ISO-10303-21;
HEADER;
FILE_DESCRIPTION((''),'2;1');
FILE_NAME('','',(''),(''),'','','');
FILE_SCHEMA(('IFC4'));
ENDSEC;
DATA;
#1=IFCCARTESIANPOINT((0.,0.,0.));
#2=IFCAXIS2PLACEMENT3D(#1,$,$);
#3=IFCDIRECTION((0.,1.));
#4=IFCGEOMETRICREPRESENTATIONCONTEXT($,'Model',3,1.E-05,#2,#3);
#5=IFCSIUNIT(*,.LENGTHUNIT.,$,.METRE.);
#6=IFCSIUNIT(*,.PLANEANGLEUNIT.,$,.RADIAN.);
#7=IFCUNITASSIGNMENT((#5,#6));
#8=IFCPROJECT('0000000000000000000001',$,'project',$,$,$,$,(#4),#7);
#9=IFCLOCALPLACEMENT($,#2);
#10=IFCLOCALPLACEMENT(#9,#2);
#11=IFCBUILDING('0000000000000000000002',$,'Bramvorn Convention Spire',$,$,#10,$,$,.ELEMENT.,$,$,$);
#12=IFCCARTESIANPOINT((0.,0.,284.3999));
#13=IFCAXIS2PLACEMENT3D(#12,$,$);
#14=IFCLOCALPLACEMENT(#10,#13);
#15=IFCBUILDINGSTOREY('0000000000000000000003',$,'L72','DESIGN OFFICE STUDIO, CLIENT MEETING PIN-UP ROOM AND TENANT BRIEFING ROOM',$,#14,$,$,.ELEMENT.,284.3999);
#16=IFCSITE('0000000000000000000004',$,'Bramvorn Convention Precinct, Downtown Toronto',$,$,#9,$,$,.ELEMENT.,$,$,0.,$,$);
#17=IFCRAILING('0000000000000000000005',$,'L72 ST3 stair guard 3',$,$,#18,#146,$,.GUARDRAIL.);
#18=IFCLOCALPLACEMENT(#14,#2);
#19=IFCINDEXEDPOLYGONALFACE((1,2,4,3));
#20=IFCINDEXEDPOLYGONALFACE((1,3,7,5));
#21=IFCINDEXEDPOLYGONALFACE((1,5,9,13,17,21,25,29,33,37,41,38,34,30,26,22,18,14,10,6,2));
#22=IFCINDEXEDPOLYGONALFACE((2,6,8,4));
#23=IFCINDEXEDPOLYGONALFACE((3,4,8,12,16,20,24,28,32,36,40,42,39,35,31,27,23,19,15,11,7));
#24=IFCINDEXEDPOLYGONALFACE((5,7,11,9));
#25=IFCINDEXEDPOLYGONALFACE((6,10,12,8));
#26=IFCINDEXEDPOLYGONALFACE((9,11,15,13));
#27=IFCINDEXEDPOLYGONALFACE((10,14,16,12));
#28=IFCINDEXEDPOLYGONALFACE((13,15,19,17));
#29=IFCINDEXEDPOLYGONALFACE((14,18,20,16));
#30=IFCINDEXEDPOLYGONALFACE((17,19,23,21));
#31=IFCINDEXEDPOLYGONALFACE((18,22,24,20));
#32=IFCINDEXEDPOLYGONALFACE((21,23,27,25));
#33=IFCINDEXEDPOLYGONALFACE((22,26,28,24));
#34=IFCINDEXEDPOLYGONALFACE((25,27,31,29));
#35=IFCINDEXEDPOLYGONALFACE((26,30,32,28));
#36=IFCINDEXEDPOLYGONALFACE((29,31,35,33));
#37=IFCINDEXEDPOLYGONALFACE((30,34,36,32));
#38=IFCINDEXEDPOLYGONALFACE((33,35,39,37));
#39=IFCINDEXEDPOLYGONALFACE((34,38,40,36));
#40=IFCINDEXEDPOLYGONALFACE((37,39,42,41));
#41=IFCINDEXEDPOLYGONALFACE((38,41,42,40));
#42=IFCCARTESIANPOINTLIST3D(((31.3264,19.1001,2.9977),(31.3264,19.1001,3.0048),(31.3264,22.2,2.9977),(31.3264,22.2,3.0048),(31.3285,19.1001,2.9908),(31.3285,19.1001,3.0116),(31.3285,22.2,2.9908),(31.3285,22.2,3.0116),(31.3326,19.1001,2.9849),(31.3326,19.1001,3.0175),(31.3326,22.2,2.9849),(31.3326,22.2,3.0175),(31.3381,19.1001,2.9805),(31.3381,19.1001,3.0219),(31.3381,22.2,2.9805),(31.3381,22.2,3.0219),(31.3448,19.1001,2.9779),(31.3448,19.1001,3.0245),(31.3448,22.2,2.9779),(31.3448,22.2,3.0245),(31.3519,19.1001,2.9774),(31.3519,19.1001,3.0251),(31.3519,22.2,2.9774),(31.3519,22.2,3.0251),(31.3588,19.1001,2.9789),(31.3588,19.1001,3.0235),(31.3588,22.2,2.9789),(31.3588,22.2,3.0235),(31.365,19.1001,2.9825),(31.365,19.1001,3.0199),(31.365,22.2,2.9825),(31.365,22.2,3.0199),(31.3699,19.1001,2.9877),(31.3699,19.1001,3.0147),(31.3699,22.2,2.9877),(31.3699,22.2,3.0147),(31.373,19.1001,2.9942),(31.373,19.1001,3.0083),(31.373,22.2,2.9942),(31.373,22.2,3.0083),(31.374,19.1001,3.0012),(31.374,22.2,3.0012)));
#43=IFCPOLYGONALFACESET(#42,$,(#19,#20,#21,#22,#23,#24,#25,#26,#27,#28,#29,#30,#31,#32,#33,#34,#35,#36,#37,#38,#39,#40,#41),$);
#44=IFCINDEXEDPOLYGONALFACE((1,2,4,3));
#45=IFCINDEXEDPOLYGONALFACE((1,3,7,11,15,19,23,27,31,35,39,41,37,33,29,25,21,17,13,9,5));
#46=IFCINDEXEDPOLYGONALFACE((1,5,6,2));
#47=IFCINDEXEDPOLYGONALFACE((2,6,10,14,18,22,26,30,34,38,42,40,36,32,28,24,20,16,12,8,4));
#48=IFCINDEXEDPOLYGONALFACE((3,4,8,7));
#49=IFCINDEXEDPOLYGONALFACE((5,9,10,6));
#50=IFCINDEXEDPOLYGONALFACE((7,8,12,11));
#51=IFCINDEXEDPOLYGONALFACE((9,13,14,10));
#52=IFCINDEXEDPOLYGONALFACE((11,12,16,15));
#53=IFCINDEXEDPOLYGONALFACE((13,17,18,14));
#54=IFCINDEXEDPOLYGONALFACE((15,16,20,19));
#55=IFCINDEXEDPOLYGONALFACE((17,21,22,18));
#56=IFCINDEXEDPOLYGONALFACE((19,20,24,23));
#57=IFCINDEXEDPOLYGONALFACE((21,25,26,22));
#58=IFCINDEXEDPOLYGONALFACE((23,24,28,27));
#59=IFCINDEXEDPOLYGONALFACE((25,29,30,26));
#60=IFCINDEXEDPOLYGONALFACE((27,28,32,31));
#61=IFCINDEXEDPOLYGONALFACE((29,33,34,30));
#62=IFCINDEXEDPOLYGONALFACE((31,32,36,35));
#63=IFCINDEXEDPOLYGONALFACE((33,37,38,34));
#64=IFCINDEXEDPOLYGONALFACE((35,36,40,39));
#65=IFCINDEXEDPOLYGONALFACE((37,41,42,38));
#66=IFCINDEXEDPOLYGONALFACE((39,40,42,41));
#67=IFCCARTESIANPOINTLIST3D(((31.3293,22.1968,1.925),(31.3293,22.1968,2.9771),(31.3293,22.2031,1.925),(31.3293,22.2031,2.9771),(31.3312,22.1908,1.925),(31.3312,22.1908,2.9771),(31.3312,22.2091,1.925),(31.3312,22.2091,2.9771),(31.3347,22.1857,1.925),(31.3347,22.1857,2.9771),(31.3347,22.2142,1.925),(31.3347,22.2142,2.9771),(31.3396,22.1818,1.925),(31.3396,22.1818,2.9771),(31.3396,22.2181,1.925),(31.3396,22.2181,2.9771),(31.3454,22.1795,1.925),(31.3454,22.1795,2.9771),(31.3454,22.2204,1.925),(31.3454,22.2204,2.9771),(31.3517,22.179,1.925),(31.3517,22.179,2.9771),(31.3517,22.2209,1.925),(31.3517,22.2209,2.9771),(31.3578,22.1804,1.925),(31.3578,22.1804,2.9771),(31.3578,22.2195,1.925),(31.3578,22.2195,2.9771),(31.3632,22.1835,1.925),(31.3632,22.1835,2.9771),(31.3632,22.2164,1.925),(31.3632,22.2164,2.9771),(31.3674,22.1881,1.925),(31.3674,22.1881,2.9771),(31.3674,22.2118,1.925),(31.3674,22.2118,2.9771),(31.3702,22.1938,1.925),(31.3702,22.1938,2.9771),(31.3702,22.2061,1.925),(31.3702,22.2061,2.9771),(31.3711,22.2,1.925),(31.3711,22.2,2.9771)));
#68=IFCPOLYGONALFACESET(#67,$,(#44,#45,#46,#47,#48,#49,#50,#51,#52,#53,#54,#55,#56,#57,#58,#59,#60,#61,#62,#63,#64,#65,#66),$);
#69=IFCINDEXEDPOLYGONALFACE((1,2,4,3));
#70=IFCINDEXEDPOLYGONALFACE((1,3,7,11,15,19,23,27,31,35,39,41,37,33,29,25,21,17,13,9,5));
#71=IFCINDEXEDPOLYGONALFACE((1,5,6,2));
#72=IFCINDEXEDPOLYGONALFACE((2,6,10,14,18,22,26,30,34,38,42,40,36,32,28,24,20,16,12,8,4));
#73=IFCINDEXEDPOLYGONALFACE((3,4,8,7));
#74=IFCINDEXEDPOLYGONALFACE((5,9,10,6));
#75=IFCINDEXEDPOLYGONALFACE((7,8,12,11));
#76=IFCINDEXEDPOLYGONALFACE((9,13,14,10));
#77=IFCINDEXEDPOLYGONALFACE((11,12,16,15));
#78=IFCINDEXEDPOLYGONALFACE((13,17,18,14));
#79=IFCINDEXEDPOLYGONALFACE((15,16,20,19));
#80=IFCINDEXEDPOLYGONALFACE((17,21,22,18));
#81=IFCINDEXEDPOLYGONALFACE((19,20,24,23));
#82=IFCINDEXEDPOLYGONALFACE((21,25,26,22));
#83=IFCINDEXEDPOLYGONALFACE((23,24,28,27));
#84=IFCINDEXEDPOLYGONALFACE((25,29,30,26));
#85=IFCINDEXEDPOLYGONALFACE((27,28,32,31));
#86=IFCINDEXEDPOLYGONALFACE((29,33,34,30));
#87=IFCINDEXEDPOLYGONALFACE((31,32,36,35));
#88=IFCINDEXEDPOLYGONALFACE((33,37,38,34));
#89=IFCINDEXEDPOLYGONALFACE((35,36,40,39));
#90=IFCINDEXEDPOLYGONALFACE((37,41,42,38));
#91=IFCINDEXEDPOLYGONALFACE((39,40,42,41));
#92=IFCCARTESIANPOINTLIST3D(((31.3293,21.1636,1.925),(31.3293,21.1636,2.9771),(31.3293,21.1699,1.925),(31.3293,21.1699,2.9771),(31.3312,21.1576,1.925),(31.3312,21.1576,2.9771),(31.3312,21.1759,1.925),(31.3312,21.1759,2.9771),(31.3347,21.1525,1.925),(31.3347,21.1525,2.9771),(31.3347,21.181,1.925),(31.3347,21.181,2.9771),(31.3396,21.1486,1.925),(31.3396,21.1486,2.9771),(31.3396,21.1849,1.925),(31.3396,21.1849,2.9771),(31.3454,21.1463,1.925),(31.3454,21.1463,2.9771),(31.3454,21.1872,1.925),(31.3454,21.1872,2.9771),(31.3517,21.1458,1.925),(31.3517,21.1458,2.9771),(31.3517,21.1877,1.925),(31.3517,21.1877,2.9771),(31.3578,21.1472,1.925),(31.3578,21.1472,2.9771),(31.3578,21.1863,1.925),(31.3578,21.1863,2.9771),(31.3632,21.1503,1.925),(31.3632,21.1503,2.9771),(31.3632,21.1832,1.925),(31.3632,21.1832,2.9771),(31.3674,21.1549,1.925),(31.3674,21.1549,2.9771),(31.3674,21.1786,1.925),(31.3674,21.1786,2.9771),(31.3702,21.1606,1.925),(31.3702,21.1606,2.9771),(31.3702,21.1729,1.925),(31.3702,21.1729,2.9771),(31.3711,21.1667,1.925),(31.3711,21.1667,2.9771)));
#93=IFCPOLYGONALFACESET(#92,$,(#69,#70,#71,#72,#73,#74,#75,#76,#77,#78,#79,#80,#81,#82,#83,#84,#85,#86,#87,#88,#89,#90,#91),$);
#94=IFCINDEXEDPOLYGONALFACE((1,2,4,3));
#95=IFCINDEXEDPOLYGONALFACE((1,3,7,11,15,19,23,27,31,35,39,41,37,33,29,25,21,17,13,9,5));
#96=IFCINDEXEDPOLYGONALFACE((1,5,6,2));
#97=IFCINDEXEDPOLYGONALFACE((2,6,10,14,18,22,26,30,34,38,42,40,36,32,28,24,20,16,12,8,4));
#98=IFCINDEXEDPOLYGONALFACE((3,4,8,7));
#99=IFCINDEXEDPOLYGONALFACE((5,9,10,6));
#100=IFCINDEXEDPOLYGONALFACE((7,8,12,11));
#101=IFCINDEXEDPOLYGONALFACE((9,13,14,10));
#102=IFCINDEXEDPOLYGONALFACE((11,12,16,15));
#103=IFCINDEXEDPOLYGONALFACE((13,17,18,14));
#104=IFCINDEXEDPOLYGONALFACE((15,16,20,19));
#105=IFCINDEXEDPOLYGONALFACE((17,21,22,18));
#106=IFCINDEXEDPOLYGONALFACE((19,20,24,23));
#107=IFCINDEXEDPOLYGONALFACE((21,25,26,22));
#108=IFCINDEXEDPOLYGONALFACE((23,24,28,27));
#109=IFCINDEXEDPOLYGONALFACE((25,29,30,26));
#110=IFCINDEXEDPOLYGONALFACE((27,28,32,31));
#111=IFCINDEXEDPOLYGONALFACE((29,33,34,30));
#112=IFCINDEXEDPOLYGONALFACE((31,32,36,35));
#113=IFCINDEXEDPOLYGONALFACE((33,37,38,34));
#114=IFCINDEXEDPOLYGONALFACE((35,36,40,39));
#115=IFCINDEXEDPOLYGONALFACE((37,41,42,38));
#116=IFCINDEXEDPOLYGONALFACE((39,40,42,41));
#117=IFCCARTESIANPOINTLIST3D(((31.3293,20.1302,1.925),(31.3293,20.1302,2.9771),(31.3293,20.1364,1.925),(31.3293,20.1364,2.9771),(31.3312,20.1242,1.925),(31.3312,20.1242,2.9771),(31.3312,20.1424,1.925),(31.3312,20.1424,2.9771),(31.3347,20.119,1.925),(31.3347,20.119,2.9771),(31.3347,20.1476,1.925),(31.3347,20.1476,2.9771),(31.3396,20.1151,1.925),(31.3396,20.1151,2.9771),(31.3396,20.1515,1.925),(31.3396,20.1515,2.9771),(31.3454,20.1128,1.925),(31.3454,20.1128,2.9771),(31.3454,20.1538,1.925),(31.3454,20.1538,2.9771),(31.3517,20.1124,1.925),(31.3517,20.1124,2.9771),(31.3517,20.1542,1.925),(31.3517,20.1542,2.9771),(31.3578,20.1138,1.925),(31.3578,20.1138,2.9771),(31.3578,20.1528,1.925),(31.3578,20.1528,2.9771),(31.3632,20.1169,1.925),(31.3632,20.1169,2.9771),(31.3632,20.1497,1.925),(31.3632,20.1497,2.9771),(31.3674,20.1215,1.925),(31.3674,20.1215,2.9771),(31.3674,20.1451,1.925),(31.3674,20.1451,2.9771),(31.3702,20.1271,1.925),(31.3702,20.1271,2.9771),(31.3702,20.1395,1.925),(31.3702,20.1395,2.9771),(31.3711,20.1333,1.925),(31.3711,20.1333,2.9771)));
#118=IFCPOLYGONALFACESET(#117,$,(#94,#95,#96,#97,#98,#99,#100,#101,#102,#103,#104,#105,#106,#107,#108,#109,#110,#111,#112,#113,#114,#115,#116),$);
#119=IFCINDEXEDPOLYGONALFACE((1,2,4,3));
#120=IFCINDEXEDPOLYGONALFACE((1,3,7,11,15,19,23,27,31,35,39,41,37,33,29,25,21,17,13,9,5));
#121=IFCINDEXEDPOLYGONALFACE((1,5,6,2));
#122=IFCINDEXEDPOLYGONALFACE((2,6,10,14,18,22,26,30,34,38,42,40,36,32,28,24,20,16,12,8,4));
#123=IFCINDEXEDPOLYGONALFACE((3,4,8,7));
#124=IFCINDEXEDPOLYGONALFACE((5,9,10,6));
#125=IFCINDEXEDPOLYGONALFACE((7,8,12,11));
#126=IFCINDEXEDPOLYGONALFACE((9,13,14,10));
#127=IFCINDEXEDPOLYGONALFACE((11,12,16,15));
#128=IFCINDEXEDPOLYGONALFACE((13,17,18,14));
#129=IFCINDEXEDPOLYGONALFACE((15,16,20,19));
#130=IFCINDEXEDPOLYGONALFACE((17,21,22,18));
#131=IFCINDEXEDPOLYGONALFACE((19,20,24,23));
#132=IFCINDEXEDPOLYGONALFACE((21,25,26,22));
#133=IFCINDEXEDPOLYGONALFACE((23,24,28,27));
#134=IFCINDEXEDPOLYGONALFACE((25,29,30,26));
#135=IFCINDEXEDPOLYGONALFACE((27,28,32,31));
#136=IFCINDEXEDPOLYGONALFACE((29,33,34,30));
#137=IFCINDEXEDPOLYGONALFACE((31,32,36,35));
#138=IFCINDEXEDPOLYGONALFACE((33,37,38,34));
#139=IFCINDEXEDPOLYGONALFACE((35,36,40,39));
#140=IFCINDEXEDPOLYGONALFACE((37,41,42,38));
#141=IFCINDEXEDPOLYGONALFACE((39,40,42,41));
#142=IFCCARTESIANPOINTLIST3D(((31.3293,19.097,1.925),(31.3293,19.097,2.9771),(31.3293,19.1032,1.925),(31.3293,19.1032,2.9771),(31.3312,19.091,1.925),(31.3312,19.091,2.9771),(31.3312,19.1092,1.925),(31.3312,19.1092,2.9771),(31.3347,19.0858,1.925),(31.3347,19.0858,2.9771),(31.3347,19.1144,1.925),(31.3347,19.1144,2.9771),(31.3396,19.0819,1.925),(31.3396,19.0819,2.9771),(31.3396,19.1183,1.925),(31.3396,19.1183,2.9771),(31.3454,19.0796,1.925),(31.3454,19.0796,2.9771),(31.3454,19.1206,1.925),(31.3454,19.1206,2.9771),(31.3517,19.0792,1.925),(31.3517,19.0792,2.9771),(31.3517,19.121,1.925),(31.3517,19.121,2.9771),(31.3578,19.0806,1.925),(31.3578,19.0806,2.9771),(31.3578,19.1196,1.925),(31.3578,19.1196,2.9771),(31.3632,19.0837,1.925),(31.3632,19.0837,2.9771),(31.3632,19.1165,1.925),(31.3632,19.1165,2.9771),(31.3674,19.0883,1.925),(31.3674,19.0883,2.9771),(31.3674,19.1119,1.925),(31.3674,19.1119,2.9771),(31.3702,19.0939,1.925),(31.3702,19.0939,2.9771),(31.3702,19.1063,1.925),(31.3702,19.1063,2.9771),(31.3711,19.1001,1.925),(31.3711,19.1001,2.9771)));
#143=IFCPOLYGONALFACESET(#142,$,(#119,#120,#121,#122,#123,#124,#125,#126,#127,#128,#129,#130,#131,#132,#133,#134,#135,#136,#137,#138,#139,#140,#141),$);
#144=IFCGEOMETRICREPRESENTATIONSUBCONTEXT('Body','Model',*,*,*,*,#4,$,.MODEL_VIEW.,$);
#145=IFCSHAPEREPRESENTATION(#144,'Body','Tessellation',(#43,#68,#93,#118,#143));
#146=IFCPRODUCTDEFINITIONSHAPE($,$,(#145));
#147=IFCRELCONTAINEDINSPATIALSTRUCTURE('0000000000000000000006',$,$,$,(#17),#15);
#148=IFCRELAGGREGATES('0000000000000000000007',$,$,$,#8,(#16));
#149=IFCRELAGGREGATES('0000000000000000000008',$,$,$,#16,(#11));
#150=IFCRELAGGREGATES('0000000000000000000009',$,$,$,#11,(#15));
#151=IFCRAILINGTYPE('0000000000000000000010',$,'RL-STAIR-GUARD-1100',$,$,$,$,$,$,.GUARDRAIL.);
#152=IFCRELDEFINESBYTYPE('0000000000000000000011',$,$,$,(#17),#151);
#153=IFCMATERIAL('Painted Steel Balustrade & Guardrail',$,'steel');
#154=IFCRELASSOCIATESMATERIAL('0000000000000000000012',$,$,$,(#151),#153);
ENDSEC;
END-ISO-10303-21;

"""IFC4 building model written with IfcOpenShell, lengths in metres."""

from ifc_helpers import new_model, si_unit, direction, frame, origin, origin_2d, place, context, subcontext, project, spatial, circle, extrude, material, type_object, element, save


model = new_model("IFC4")

# Units and contexts
model_context = context("Model", 3, precision=1e-05, world=origin(), true_north=direction((0.0, 1.0)))
body_context = subcontext(model_context, "Body", "Model", "MODEL_VIEW")
ifc_project = project(units=[si_unit("LENGTHUNIT", "METRE"), si_unit("PLANEANGLEUNIT", "RADIAN")], contexts=[model_context])

# Site, building, storey
site_placement = place(None, origin())
site = spatial("IfcSite", under=ifc_project, at=site_placement, Name="Bramvorn Convention Precinct, Downtown Toronto", CompositionType="ELEMENT", RefElevation=0.0)
building_placement = place(site_placement, origin())
building = spatial("IfcBuilding", under=site, at=building_placement, Name="Bramvorn Convention Spire", CompositionType="ELEMENT")
storey_placement = place(building_placement, frame((0.0, 0.0, 284.3999)))
storey = spatial("IfcBuildingStorey", under=building, at=storey_placement, Name="L72", Description="DESIGN OFFICE STUDIO, CLIENT MEETING PIN-UP ROOM AND TENANT BRIEFING ROOM", CompositionType="ELEMENT", Elevation=284.3999)

# Railing
ifc_material_1 = material(Name="Painted Steel Balustrade & Guardrail", Category="steel")
railing_type_1 = type_object("IfcRailingType", Name="RL-STAIR-GUARD-1100", PredefinedType="GUARDRAIL", material=ifc_material_1)
for number, where, name in (
    (1, (31.3501, 22.2, 1.925), "L72 ST3 stair guard 3"),
):
    element("IfcRailing", number, at=place(storey_placement, frame(where)), inside=storey, type_object=railing_type_1, Name=name, PredefinedType="GUARDRAIL", context=body_context, shape_type="SweptSolid", body=[
        extrude(circle(Radius=0.0239, at=origin_2d()), frame((0.0, 0.0, 1.0762), z_axis=(0.0, -1.0, 0.0), x_axis=(1.0, 0.0, 0.0)), (0.0, 0.0, 1.0), 3.0999),
        extrude(circle(Radius=0.021, at=origin_2d()), origin(), (0.0, 0.0, 1.0), 1.052),
        extrude(circle(Radius=0.021, at=origin_2d()), frame((0.0, -1.0332, 0.0)), (0.0, 0.0, 1.0), 1.052),
        extrude(circle(Radius=0.021, at=origin_2d()), frame((0.0, -2.0667, 0.0)), (0.0, 0.0, 1.0), 1.052),
        extrude(circle(Radius=0.021, at=origin_2d()), frame((0.0, -3.0999, 0.0)), (0.0, 0.0, 1.0), 1.052),
    ])

save(model, "model.ifc")
